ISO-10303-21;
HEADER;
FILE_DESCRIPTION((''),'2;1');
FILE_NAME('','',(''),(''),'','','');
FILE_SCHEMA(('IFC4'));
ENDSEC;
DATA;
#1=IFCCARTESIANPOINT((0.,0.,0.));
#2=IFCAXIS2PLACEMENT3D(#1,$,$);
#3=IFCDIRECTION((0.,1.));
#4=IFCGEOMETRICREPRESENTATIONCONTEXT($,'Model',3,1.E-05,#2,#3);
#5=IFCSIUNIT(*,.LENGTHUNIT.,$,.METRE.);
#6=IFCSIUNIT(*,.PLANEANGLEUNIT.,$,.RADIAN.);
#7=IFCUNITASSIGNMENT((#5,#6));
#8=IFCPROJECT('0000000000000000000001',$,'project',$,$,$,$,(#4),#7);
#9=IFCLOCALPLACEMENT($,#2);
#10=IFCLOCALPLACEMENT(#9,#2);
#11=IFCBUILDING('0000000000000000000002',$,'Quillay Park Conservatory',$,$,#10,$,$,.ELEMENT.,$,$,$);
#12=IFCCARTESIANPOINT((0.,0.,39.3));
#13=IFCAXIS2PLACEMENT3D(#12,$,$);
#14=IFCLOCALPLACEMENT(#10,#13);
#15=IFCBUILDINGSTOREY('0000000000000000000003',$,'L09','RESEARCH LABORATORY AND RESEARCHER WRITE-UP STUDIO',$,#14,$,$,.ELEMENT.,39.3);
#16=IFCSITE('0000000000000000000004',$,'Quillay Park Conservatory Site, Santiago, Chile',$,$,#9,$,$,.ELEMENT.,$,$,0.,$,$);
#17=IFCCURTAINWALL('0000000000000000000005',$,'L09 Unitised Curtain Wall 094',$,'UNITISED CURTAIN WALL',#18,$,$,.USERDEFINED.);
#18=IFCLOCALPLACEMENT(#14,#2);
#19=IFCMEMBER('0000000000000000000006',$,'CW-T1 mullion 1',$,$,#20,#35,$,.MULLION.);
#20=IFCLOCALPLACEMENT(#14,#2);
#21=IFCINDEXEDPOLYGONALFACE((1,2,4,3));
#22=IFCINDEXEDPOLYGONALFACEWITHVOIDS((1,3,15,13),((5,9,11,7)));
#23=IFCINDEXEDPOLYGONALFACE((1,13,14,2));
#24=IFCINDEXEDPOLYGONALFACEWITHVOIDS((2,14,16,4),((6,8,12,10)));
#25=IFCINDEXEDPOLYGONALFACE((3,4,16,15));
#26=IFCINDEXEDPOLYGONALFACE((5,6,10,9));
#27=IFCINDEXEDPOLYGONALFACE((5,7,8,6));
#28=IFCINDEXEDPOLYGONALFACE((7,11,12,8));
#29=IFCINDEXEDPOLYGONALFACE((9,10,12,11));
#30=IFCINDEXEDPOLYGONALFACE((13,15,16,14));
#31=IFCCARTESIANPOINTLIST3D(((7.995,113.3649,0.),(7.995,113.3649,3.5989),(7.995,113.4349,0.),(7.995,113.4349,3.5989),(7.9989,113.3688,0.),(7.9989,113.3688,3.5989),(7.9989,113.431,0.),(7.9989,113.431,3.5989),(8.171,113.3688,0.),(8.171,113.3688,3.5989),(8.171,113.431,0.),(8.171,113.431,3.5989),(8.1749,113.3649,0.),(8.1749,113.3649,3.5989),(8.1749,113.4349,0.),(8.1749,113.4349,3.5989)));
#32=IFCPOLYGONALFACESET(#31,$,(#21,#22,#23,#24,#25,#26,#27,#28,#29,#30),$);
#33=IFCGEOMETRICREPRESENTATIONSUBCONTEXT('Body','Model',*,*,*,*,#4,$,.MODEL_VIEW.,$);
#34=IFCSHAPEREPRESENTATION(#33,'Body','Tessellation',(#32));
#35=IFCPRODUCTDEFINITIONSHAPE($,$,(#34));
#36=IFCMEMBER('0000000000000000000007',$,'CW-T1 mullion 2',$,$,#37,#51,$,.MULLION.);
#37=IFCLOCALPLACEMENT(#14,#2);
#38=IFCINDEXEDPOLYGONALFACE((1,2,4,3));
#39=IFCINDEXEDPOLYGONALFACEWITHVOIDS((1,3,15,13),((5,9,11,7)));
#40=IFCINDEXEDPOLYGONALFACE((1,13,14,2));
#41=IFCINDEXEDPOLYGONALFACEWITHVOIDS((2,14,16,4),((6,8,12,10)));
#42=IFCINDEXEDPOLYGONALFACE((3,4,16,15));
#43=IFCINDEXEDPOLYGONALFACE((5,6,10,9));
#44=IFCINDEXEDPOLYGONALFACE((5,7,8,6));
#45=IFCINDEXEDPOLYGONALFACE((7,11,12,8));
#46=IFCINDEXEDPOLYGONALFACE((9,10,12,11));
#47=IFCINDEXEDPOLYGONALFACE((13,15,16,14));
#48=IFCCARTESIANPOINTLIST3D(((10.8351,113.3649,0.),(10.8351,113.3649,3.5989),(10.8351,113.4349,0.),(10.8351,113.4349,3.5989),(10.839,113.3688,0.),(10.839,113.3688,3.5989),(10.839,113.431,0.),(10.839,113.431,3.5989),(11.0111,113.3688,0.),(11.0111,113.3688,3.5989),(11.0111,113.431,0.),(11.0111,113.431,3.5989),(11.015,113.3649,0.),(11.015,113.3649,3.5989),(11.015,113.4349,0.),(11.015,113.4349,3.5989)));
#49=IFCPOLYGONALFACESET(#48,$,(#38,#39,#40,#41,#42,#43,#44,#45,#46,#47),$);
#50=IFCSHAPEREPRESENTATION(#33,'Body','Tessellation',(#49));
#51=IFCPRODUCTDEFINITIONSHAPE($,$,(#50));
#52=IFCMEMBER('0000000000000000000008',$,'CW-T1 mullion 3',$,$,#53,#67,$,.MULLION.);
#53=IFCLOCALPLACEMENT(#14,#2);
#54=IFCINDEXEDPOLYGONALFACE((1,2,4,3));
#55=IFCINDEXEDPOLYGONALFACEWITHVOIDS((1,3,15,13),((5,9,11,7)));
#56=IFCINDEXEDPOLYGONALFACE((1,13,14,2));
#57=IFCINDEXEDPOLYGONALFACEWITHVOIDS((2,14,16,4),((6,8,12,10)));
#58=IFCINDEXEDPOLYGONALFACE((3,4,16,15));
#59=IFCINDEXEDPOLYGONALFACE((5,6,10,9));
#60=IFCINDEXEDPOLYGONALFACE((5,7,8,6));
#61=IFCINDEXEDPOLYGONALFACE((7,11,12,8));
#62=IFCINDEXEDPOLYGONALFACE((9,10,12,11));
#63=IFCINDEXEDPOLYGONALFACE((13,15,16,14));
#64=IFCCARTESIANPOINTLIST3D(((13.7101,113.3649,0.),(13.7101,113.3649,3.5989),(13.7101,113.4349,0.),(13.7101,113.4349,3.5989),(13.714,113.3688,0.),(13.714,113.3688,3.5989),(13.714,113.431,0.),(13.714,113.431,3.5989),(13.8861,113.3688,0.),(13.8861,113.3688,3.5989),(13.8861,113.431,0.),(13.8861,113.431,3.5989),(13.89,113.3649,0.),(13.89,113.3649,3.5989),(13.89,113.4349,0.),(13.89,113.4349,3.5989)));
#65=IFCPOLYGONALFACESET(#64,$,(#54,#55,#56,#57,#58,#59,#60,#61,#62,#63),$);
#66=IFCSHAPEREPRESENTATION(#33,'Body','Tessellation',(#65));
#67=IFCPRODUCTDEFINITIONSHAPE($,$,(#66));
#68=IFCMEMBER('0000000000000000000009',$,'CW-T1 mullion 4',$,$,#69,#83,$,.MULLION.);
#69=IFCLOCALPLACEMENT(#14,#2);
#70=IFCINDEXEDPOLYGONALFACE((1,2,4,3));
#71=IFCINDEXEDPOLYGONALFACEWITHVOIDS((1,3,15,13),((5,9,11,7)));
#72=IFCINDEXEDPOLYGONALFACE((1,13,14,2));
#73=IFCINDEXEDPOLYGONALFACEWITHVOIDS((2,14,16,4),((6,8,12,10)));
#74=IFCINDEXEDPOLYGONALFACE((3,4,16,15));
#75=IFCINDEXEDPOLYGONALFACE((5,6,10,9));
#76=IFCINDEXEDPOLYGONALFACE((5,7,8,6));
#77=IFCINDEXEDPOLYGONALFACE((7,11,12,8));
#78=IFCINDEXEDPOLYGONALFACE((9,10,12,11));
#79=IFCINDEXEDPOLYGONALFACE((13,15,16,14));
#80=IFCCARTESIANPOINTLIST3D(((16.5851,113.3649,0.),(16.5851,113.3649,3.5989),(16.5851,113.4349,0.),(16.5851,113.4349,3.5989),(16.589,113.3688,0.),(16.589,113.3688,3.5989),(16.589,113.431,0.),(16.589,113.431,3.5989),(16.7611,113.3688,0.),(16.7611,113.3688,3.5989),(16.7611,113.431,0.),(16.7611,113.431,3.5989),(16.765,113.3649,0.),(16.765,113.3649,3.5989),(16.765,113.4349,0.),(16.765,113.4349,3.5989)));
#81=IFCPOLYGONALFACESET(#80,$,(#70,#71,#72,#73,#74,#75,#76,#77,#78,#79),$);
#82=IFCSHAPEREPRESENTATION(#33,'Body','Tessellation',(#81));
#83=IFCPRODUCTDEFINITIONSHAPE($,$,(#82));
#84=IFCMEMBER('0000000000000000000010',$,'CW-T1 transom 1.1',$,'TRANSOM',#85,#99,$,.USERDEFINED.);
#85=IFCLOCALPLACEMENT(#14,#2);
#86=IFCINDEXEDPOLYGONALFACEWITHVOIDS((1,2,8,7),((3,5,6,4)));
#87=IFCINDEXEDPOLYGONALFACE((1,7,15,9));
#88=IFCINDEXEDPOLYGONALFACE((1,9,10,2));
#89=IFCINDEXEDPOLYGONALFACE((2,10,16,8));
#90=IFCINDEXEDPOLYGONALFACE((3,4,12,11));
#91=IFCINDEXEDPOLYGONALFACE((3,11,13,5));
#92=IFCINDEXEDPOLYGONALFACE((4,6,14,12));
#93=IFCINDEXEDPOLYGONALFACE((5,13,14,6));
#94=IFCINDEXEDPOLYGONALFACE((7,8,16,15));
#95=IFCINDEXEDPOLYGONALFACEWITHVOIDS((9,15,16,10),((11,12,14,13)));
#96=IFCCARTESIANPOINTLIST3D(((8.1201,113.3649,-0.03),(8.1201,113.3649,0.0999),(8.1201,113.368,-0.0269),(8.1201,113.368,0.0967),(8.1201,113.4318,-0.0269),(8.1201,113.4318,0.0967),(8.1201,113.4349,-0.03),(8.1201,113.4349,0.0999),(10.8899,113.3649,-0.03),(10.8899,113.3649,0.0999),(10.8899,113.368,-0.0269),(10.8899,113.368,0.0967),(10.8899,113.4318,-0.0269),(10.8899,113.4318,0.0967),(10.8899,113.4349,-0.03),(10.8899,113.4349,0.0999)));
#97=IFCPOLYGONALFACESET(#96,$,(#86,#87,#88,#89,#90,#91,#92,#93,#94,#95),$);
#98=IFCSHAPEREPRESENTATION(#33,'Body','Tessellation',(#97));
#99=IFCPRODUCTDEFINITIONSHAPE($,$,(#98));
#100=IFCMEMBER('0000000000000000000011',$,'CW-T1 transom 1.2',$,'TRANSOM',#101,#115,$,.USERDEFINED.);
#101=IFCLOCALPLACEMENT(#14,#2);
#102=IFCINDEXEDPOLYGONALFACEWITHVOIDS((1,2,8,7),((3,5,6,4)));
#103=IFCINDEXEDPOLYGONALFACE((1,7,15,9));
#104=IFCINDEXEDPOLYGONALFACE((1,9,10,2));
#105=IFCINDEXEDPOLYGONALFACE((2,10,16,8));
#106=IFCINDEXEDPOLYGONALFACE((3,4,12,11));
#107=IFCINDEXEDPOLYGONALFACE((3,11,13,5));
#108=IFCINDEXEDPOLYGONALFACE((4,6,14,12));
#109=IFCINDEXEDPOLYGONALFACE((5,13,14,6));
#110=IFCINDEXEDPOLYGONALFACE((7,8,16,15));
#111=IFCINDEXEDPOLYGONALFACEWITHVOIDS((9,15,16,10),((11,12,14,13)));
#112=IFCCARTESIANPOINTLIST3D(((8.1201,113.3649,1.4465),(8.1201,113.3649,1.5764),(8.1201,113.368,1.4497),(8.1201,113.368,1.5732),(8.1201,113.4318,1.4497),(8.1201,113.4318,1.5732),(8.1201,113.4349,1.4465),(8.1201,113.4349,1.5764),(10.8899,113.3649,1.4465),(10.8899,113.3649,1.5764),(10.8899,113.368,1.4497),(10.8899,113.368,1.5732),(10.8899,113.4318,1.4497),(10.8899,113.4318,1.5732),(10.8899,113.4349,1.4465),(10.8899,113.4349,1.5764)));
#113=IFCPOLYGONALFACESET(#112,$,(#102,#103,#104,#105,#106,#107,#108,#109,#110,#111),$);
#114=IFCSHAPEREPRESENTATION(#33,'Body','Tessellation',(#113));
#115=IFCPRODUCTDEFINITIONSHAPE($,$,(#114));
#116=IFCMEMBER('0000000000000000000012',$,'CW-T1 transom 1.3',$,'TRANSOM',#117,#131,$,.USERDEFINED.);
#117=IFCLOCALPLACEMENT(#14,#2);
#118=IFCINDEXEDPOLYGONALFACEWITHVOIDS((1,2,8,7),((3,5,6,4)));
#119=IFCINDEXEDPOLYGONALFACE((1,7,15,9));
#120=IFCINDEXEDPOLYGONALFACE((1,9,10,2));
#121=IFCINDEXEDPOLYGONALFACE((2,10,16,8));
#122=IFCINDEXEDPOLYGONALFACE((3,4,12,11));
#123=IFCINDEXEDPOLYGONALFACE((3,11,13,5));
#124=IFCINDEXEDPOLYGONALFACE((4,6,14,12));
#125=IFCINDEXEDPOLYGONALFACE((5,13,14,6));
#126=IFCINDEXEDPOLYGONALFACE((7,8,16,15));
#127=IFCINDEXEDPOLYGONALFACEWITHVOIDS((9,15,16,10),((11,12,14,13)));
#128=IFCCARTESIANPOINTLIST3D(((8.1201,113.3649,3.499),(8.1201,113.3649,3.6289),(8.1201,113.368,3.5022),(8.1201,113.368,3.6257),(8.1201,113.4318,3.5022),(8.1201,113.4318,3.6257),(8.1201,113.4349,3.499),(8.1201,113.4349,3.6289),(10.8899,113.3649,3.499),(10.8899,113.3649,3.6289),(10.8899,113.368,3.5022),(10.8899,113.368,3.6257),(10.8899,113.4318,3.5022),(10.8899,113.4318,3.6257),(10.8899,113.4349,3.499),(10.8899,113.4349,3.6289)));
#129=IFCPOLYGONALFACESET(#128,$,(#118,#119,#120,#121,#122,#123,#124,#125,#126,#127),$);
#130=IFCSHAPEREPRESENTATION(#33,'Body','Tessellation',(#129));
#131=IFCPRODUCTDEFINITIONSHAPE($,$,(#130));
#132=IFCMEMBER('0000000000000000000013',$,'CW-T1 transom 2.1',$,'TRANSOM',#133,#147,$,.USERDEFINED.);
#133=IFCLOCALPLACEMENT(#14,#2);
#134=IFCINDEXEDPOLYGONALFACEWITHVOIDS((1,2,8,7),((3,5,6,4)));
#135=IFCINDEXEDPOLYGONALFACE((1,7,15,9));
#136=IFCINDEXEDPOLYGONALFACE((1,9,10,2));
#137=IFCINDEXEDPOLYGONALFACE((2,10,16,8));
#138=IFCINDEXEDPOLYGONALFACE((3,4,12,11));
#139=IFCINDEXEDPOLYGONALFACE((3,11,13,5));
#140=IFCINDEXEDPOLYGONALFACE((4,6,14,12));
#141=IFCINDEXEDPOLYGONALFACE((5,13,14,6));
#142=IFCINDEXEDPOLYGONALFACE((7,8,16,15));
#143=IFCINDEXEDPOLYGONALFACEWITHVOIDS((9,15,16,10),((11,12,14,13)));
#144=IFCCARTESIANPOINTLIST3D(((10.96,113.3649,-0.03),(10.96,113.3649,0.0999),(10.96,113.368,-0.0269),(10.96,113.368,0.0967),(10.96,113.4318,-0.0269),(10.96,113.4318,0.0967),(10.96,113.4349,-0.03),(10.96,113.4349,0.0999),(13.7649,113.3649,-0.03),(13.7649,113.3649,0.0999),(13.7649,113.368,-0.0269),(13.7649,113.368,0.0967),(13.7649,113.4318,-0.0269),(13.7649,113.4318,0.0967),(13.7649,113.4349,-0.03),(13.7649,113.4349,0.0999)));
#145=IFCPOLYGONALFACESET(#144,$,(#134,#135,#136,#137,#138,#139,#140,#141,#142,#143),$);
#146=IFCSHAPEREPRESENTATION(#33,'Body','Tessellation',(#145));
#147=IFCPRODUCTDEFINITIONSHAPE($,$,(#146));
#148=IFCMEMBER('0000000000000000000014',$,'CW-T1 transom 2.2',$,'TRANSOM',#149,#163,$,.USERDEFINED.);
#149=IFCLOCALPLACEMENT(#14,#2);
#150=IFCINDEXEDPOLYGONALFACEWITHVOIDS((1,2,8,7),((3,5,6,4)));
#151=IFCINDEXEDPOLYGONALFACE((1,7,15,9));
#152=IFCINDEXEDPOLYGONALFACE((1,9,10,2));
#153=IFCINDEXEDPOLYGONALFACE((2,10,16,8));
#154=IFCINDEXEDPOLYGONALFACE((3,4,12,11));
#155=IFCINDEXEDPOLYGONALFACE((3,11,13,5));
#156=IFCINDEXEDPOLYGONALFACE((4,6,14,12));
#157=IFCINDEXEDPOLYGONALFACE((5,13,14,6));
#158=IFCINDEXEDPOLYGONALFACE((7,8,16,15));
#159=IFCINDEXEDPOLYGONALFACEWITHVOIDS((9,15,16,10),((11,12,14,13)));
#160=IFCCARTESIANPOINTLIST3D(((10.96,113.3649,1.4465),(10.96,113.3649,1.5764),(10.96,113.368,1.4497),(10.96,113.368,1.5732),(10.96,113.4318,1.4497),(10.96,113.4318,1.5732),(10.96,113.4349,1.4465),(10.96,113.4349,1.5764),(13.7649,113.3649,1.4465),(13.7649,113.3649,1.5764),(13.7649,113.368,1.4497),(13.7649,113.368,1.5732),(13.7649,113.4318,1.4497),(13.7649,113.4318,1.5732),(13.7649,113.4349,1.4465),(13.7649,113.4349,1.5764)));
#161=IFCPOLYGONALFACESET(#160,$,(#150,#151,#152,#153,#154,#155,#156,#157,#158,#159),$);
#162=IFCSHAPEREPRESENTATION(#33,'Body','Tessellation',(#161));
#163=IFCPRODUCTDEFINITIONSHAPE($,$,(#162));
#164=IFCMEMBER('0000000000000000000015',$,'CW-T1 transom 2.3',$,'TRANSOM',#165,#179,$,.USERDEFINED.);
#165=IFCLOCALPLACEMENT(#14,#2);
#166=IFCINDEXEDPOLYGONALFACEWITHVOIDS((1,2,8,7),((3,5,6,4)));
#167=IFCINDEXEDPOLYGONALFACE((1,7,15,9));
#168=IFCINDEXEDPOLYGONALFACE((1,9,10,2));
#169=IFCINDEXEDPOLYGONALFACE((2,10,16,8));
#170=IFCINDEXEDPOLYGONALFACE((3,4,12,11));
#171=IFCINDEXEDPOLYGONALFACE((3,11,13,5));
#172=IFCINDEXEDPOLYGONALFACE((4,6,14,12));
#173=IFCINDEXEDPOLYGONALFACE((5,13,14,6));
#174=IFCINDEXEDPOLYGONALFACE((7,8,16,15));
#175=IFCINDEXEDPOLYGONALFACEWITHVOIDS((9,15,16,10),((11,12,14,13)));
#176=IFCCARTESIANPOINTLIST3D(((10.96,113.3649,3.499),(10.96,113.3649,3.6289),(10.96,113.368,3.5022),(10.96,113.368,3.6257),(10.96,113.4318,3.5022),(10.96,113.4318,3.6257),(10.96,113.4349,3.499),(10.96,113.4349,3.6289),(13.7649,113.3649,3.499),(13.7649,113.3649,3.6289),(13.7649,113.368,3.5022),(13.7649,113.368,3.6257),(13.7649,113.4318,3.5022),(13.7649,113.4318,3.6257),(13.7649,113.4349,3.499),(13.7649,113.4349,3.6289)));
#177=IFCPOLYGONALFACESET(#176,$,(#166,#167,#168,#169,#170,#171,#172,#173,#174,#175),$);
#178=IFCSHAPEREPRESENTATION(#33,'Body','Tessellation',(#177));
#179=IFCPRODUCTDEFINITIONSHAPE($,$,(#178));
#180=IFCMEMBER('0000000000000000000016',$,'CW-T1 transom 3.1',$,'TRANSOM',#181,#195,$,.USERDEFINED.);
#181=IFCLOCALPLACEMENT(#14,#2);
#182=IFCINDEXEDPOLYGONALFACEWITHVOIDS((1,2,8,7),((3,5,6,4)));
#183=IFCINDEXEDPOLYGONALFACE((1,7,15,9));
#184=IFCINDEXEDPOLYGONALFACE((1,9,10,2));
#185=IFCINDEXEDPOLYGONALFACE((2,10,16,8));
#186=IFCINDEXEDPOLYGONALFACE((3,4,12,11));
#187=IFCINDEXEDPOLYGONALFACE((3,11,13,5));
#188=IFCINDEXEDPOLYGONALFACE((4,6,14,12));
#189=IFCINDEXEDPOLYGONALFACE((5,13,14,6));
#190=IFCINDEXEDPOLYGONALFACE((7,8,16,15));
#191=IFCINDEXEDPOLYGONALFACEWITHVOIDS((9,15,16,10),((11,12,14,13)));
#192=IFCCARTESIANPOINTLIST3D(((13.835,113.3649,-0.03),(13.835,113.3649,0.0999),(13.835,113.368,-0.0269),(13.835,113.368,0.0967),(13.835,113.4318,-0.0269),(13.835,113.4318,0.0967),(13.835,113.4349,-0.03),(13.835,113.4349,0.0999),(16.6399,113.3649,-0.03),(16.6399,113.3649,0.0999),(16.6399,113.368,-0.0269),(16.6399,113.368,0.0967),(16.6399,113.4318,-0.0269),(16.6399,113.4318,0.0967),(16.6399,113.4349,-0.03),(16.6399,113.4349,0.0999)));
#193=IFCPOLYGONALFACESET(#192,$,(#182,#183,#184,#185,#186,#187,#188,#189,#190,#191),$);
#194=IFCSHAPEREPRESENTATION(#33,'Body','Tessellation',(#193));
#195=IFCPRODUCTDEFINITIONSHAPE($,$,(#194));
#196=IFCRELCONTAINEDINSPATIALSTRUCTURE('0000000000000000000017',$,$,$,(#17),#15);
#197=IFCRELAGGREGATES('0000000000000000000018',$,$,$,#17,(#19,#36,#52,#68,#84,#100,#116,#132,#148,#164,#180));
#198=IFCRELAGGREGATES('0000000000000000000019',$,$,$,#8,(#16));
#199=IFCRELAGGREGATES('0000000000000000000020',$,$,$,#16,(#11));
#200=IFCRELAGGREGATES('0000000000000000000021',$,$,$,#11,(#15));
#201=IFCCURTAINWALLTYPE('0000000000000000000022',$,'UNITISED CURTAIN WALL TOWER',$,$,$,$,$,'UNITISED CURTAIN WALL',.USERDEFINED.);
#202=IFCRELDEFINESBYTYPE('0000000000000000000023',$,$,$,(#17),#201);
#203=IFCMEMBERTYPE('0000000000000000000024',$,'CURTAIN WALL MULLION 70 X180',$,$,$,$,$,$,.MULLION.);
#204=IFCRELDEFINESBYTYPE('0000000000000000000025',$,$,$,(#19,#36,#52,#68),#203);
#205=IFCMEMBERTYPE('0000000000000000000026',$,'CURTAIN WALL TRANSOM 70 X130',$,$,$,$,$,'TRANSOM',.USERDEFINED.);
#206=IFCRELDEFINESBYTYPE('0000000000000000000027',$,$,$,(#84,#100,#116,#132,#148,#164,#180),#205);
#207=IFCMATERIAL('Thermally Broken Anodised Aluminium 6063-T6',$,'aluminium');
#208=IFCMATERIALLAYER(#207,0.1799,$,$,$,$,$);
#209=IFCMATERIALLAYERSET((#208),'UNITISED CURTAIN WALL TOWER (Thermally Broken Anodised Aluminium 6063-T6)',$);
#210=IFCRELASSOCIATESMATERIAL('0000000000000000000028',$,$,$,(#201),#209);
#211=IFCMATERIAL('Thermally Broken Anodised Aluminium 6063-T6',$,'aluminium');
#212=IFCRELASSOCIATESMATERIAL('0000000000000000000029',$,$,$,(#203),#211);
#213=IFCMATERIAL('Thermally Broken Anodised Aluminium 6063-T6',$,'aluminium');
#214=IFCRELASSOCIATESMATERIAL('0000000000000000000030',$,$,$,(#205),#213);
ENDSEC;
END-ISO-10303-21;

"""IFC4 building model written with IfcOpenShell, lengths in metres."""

from ifc_helpers import new_model, si_unit, direction, frame, origin, origin_2d, place, context, subcontext, project, spatial, hollow_rectangle, extrude, material, layer, layer_set, material_profile, profile_set, type_object, element, aggregate, save


model = new_model("IFC4")

# Units and contexts
model_context = context("Model", 3, precision=1e-05, world=origin(), true_north=direction((0.0, 1.0)))
body_context = subcontext(model_context, "Body", "Model", "MODEL_VIEW")
ifc_project = project(units=[si_unit("LENGTHUNIT", "METRE"), si_unit("PLANEANGLEUNIT", "RADIAN")], contexts=[model_context])

# Site, building, storey
site_placement = place(None, origin())
site = spatial("IfcSite", under=ifc_project, at=site_placement, Name="Quillay Park Conservatory Site, Santiago, Chile", CompositionType="ELEMENT", RefElevation=0.0)
building_placement = place(site_placement, origin())
building = spatial("IfcBuilding", under=site, at=building_placement, Name="Quillay Park Conservatory", CompositionType="ELEMENT")
storey_placement = place(building_placement, frame((0.0, 0.0, 39.3)))
storey = spatial("IfcBuildingStorey", under=building, at=storey_placement, Name="L09", Description="RESEARCH LABORATORY AND RESEARCHER WRITE-UP STUDIO", CompositionType="ELEMENT", Elevation=39.3)

# Curtain wall, members
ifc_material_1 = material(Name="Thermally Broken Anodised Aluminium 6063-T6", Category="aluminium")
ifc_layer_1 = layer(ifc_material_1, 0.1799)
ifc_layer_set_1 = layer_set([ifc_layer_1], Name="UNITISED CURTAIN WALL TOWER (Thermally Broken Anodised Aluminium 6063-T6)")
curtain_wall_type = type_object("IfcCurtainWallType", Name="UNITISED CURTAIN WALL TOWER", ElementType="UNITISED CURTAIN WALL", PredefinedType="USERDEFINED", material=ifc_layer_set_1)
curtain_wall_placement = place(storey_placement, origin())
curtain_wall = element("IfcCurtainWall", 1, at=curtain_wall_placement, inside=storey, type_object=curtain_wall_type, Name="L09 Unitised Curtain Wall 094", ObjectType="UNITISED CURTAIN WALL", PredefinedType="USERDEFINED")
ifc_material_2 = material(Name="Thermally Broken Anodised Aluminium 6063-T6", Category="aluminium")
ifc_material_profile_1 = material_profile(ifc_material_2, hollow_rectangle(XDim=0.0701, YDim=0.1799, WallThickness=0.0039, at=origin_2d()), Name="AL70x180x4")
ifc_profile_set_1 = profile_set([ifc_material_profile_1], Name="Thermally Broken Anodised Aluminium 6063-T6")
member_type_1 = type_object("IfcMemberType", Name="CURTAIN WALL MULLION 70 X180", PredefinedType="MULLION", material=ifc_profile_set_1)
member_1_placement = place(storey_placement, frame((8.085, 113.3999, 0.0), z_axis=(0.0, 0.0, 1.0), x_axis=(0.0, 1.0, 0.0)))
member_1 = element("IfcMember", 2, at=member_1_placement, type_object=member_type_1, Name="CW-T1 mullion 1", PredefinedType="MULLION", context=body_context, shape_type="SweptSolid", body=[
    extrude(hollow_rectangle(XDim=0.0701, YDim=0.1799, WallThickness=0.0039, at=origin_2d()), origin(), (0.0, 0.0, 1.0), 3.5989),
])
member_2_placement = place(storey_placement, frame((10.925, 113.3999, 0.0), z_axis=(0.0, 0.0, 1.0), x_axis=(0.0, 1.0, 0.0)))
member_2 = element("IfcMember", 3, at=member_2_placement, type_object=member_type_1, Name="CW-T1 mullion 2", PredefinedType="MULLION", context=body_context, shape_type="SweptSolid", body=[
    extrude(hollow_rectangle(XDim=0.0701, YDim=0.1799, WallThickness=0.0039, at=origin_2d()), origin(), (0.0, 0.0, 1.0), 3.5989),
])
member_3_placement = place(storey_placement, frame((13.8, 113.3999, 0.0), z_axis=(0.0, 0.0, 1.0), x_axis=(0.0, 1.0, 0.0)))
member_3 = element("IfcMember", 4, at=member_3_placement, type_object=member_type_1, Name="CW-T1 mullion 3", PredefinedType="MULLION", context=body_context, shape_type="SweptSolid", body=[
    extrude(hollow_rectangle(XDim=0.0701, YDim=0.1799, WallThickness=0.0039, at=origin_2d()), origin(), (0.0, 0.0, 1.0), 3.5989),
])
member_4_placement = place(storey_placement, frame((16.675, 113.3999, 0.0), z_axis=(0.0, 0.0, 1.0), x_axis=(0.0, 1.0, 0.0)))
member_4 = element("IfcMember", 5, at=member_4_placement, type_object=member_type_1, Name="CW-T1 mullion 4", PredefinedType="MULLION", context=body_context, shape_type="SweptSolid", body=[
    extrude(hollow_rectangle(XDim=0.0701, YDim=0.1799, WallThickness=0.0039, at=origin_2d()), origin(), (0.0, 0.0, 1.0), 3.5989),
])
ifc_material_3 = material(Name="Thermally Broken Anodised Aluminium 6063-T6", Category="aluminium")
ifc_material_profile_2 = material_profile(ifc_material_3, hollow_rectangle(XDim=0.0701, YDim=0.1299, WallThickness=0.0032, at=origin_2d()), Name="AL70x130x3.2")
ifc_profile_set_2 = profile_set([ifc_material_profile_2], Name="Thermally Broken Anodised Aluminium 6063-T6")
member_type_2 = type_object("IfcMemberType", Name="CURTAIN WALL TRANSOM 70 X130", ElementType="TRANSOM", PredefinedType="USERDEFINED", material=ifc_profile_set_2)
member_5_placement = place(storey_placement, frame((8.1201, 113.3999, 0.0349), z_axis=(1.0, 0.0, 0.0), x_axis=(0.0, 1.0, 0.0)))
member_5 = element("IfcMember", 6, at=member_5_placement, type_object=member_type_2, Name="CW-T1 transom 1.1", ObjectType="TRANSOM", PredefinedType="USERDEFINED", context=body_context, shape_type="SweptSolid", body=[
    extrude(hollow_rectangle(XDim=0.0701, YDim=0.1299, WallThickness=0.0032, at=origin_2d()), origin(), (0.0, 0.0, 1.0), 2.7698),
])
member_6_placement = place(storey_placement, frame((8.1201, 113.3999, 1.5115), z_axis=(1.0, 0.0, 0.0), x_axis=(0.0, 1.0, 0.0)))
member_6 = element("IfcMember", 7, at=member_6_placement, type_object=member_type_2, Name="CW-T1 transom 1.2", ObjectType="TRANSOM", PredefinedType="USERDEFINED", context=body_context, shape_type="SweptSolid", body=[
    extrude(hollow_rectangle(XDim=0.0701, YDim=0.1299, WallThickness=0.0032, at=origin_2d()), origin(), (0.0, 0.0, 1.0), 2.7698),
])
member_7_placement = place(storey_placement, frame((8.1201, 113.3999, 3.564), z_axis=(1.0, 0.0, 0.0), x_axis=(0.0, 1.0, 0.0)))
member_7 = element("IfcMember", 8, at=member_7_placement, type_object=member_type_2, Name="CW-T1 transom 1.3", ObjectType="TRANSOM", PredefinedType="USERDEFINED", context=body_context, shape_type="SweptSolid", body=[
    extrude(hollow_rectangle(XDim=0.0701, YDim=0.1299, WallThickness=0.0032, at=origin_2d()), origin(), (0.0, 0.0, 1.0), 2.7698),
])
member_8_placement = place(storey_placement, frame((10.96, 113.3999, 0.0349), z_axis=(1.0, 0.0, 0.0), x_axis=(0.0, 1.0, 0.0)))
member_8 = element("IfcMember", 9, at=member_8_placement, type_object=member_type_2, Name="CW-T1 transom 2.1", ObjectType="TRANSOM", PredefinedType="USERDEFINED", context=body_context, shape_type="SweptSolid", body=[
    extrude(hollow_rectangle(XDim=0.0701, YDim=0.1299, WallThickness=0.0032, at=origin_2d()), origin(), (0.0, 0.0, 1.0), 2.8049),
])
member_9_placement = place(storey_placement, frame((10.96, 113.3999, 1.5115), z_axis=(1.0, 0.0, 0.0), x_axis=(0.0, 1.0, 0.0)))
member_9 = element("IfcMember", 10, at=member_9_placement, type_object=member_type_2, Name="CW-T1 transom 2.2", ObjectType="TRANSOM", PredefinedType="USERDEFINED", context=body_context, shape_type="SweptSolid", body=[
    extrude(hollow_rectangle(XDim=0.0701, YDim=0.1299, WallThickness=0.0032, at=origin_2d()), origin(), (0.0, 0.0, 1.0), 2.8049),
])
member_10_placement = place(storey_placement, frame((10.96, 113.3999, 3.564), z_axis=(1.0, 0.0, 0.0), x_axis=(0.0, 1.0, 0.0)))
member_10 = element("IfcMember", 11, at=member_10_placement, type_object=member_type_2, Name="CW-T1 transom 2.3", ObjectType="TRANSOM", PredefinedType="USERDEFINED", context=body_context, shape_type="SweptSolid", body=[
    extrude(hollow_rectangle(XDim=0.0701, YDim=0.1299, WallThickness=0.0032, at=origin_2d()), origin(), (0.0, 0.0, 1.0), 2.8049),
])
member_11_placement = place(storey_placement, frame((13.835, 113.3999, 0.0349), z_axis=(1.0, 0.0, 0.0), x_axis=(0.0, 1.0, 0.0)))
member_11 = element("IfcMember", 12, at=member_11_placement, type_object=member_type_2, Name="CW-T1 transom 3.1", ObjectType="TRANSOM", PredefinedType="USERDEFINED", context=body_context, shape_type="SweptSolid", body=[
    extrude(hollow_rectangle(XDim=0.0701, YDim=0.1299, WallThickness=0.0032, at=origin_2d()), origin(), (0.0, 0.0, 1.0), 2.8049),
])
aggregate(curtain_wall, [member_1, member_2, member_3, member_4, member_5, member_6, member_7, member_8, member_9, member_10, member_11])

save(model, "model.ifc")
